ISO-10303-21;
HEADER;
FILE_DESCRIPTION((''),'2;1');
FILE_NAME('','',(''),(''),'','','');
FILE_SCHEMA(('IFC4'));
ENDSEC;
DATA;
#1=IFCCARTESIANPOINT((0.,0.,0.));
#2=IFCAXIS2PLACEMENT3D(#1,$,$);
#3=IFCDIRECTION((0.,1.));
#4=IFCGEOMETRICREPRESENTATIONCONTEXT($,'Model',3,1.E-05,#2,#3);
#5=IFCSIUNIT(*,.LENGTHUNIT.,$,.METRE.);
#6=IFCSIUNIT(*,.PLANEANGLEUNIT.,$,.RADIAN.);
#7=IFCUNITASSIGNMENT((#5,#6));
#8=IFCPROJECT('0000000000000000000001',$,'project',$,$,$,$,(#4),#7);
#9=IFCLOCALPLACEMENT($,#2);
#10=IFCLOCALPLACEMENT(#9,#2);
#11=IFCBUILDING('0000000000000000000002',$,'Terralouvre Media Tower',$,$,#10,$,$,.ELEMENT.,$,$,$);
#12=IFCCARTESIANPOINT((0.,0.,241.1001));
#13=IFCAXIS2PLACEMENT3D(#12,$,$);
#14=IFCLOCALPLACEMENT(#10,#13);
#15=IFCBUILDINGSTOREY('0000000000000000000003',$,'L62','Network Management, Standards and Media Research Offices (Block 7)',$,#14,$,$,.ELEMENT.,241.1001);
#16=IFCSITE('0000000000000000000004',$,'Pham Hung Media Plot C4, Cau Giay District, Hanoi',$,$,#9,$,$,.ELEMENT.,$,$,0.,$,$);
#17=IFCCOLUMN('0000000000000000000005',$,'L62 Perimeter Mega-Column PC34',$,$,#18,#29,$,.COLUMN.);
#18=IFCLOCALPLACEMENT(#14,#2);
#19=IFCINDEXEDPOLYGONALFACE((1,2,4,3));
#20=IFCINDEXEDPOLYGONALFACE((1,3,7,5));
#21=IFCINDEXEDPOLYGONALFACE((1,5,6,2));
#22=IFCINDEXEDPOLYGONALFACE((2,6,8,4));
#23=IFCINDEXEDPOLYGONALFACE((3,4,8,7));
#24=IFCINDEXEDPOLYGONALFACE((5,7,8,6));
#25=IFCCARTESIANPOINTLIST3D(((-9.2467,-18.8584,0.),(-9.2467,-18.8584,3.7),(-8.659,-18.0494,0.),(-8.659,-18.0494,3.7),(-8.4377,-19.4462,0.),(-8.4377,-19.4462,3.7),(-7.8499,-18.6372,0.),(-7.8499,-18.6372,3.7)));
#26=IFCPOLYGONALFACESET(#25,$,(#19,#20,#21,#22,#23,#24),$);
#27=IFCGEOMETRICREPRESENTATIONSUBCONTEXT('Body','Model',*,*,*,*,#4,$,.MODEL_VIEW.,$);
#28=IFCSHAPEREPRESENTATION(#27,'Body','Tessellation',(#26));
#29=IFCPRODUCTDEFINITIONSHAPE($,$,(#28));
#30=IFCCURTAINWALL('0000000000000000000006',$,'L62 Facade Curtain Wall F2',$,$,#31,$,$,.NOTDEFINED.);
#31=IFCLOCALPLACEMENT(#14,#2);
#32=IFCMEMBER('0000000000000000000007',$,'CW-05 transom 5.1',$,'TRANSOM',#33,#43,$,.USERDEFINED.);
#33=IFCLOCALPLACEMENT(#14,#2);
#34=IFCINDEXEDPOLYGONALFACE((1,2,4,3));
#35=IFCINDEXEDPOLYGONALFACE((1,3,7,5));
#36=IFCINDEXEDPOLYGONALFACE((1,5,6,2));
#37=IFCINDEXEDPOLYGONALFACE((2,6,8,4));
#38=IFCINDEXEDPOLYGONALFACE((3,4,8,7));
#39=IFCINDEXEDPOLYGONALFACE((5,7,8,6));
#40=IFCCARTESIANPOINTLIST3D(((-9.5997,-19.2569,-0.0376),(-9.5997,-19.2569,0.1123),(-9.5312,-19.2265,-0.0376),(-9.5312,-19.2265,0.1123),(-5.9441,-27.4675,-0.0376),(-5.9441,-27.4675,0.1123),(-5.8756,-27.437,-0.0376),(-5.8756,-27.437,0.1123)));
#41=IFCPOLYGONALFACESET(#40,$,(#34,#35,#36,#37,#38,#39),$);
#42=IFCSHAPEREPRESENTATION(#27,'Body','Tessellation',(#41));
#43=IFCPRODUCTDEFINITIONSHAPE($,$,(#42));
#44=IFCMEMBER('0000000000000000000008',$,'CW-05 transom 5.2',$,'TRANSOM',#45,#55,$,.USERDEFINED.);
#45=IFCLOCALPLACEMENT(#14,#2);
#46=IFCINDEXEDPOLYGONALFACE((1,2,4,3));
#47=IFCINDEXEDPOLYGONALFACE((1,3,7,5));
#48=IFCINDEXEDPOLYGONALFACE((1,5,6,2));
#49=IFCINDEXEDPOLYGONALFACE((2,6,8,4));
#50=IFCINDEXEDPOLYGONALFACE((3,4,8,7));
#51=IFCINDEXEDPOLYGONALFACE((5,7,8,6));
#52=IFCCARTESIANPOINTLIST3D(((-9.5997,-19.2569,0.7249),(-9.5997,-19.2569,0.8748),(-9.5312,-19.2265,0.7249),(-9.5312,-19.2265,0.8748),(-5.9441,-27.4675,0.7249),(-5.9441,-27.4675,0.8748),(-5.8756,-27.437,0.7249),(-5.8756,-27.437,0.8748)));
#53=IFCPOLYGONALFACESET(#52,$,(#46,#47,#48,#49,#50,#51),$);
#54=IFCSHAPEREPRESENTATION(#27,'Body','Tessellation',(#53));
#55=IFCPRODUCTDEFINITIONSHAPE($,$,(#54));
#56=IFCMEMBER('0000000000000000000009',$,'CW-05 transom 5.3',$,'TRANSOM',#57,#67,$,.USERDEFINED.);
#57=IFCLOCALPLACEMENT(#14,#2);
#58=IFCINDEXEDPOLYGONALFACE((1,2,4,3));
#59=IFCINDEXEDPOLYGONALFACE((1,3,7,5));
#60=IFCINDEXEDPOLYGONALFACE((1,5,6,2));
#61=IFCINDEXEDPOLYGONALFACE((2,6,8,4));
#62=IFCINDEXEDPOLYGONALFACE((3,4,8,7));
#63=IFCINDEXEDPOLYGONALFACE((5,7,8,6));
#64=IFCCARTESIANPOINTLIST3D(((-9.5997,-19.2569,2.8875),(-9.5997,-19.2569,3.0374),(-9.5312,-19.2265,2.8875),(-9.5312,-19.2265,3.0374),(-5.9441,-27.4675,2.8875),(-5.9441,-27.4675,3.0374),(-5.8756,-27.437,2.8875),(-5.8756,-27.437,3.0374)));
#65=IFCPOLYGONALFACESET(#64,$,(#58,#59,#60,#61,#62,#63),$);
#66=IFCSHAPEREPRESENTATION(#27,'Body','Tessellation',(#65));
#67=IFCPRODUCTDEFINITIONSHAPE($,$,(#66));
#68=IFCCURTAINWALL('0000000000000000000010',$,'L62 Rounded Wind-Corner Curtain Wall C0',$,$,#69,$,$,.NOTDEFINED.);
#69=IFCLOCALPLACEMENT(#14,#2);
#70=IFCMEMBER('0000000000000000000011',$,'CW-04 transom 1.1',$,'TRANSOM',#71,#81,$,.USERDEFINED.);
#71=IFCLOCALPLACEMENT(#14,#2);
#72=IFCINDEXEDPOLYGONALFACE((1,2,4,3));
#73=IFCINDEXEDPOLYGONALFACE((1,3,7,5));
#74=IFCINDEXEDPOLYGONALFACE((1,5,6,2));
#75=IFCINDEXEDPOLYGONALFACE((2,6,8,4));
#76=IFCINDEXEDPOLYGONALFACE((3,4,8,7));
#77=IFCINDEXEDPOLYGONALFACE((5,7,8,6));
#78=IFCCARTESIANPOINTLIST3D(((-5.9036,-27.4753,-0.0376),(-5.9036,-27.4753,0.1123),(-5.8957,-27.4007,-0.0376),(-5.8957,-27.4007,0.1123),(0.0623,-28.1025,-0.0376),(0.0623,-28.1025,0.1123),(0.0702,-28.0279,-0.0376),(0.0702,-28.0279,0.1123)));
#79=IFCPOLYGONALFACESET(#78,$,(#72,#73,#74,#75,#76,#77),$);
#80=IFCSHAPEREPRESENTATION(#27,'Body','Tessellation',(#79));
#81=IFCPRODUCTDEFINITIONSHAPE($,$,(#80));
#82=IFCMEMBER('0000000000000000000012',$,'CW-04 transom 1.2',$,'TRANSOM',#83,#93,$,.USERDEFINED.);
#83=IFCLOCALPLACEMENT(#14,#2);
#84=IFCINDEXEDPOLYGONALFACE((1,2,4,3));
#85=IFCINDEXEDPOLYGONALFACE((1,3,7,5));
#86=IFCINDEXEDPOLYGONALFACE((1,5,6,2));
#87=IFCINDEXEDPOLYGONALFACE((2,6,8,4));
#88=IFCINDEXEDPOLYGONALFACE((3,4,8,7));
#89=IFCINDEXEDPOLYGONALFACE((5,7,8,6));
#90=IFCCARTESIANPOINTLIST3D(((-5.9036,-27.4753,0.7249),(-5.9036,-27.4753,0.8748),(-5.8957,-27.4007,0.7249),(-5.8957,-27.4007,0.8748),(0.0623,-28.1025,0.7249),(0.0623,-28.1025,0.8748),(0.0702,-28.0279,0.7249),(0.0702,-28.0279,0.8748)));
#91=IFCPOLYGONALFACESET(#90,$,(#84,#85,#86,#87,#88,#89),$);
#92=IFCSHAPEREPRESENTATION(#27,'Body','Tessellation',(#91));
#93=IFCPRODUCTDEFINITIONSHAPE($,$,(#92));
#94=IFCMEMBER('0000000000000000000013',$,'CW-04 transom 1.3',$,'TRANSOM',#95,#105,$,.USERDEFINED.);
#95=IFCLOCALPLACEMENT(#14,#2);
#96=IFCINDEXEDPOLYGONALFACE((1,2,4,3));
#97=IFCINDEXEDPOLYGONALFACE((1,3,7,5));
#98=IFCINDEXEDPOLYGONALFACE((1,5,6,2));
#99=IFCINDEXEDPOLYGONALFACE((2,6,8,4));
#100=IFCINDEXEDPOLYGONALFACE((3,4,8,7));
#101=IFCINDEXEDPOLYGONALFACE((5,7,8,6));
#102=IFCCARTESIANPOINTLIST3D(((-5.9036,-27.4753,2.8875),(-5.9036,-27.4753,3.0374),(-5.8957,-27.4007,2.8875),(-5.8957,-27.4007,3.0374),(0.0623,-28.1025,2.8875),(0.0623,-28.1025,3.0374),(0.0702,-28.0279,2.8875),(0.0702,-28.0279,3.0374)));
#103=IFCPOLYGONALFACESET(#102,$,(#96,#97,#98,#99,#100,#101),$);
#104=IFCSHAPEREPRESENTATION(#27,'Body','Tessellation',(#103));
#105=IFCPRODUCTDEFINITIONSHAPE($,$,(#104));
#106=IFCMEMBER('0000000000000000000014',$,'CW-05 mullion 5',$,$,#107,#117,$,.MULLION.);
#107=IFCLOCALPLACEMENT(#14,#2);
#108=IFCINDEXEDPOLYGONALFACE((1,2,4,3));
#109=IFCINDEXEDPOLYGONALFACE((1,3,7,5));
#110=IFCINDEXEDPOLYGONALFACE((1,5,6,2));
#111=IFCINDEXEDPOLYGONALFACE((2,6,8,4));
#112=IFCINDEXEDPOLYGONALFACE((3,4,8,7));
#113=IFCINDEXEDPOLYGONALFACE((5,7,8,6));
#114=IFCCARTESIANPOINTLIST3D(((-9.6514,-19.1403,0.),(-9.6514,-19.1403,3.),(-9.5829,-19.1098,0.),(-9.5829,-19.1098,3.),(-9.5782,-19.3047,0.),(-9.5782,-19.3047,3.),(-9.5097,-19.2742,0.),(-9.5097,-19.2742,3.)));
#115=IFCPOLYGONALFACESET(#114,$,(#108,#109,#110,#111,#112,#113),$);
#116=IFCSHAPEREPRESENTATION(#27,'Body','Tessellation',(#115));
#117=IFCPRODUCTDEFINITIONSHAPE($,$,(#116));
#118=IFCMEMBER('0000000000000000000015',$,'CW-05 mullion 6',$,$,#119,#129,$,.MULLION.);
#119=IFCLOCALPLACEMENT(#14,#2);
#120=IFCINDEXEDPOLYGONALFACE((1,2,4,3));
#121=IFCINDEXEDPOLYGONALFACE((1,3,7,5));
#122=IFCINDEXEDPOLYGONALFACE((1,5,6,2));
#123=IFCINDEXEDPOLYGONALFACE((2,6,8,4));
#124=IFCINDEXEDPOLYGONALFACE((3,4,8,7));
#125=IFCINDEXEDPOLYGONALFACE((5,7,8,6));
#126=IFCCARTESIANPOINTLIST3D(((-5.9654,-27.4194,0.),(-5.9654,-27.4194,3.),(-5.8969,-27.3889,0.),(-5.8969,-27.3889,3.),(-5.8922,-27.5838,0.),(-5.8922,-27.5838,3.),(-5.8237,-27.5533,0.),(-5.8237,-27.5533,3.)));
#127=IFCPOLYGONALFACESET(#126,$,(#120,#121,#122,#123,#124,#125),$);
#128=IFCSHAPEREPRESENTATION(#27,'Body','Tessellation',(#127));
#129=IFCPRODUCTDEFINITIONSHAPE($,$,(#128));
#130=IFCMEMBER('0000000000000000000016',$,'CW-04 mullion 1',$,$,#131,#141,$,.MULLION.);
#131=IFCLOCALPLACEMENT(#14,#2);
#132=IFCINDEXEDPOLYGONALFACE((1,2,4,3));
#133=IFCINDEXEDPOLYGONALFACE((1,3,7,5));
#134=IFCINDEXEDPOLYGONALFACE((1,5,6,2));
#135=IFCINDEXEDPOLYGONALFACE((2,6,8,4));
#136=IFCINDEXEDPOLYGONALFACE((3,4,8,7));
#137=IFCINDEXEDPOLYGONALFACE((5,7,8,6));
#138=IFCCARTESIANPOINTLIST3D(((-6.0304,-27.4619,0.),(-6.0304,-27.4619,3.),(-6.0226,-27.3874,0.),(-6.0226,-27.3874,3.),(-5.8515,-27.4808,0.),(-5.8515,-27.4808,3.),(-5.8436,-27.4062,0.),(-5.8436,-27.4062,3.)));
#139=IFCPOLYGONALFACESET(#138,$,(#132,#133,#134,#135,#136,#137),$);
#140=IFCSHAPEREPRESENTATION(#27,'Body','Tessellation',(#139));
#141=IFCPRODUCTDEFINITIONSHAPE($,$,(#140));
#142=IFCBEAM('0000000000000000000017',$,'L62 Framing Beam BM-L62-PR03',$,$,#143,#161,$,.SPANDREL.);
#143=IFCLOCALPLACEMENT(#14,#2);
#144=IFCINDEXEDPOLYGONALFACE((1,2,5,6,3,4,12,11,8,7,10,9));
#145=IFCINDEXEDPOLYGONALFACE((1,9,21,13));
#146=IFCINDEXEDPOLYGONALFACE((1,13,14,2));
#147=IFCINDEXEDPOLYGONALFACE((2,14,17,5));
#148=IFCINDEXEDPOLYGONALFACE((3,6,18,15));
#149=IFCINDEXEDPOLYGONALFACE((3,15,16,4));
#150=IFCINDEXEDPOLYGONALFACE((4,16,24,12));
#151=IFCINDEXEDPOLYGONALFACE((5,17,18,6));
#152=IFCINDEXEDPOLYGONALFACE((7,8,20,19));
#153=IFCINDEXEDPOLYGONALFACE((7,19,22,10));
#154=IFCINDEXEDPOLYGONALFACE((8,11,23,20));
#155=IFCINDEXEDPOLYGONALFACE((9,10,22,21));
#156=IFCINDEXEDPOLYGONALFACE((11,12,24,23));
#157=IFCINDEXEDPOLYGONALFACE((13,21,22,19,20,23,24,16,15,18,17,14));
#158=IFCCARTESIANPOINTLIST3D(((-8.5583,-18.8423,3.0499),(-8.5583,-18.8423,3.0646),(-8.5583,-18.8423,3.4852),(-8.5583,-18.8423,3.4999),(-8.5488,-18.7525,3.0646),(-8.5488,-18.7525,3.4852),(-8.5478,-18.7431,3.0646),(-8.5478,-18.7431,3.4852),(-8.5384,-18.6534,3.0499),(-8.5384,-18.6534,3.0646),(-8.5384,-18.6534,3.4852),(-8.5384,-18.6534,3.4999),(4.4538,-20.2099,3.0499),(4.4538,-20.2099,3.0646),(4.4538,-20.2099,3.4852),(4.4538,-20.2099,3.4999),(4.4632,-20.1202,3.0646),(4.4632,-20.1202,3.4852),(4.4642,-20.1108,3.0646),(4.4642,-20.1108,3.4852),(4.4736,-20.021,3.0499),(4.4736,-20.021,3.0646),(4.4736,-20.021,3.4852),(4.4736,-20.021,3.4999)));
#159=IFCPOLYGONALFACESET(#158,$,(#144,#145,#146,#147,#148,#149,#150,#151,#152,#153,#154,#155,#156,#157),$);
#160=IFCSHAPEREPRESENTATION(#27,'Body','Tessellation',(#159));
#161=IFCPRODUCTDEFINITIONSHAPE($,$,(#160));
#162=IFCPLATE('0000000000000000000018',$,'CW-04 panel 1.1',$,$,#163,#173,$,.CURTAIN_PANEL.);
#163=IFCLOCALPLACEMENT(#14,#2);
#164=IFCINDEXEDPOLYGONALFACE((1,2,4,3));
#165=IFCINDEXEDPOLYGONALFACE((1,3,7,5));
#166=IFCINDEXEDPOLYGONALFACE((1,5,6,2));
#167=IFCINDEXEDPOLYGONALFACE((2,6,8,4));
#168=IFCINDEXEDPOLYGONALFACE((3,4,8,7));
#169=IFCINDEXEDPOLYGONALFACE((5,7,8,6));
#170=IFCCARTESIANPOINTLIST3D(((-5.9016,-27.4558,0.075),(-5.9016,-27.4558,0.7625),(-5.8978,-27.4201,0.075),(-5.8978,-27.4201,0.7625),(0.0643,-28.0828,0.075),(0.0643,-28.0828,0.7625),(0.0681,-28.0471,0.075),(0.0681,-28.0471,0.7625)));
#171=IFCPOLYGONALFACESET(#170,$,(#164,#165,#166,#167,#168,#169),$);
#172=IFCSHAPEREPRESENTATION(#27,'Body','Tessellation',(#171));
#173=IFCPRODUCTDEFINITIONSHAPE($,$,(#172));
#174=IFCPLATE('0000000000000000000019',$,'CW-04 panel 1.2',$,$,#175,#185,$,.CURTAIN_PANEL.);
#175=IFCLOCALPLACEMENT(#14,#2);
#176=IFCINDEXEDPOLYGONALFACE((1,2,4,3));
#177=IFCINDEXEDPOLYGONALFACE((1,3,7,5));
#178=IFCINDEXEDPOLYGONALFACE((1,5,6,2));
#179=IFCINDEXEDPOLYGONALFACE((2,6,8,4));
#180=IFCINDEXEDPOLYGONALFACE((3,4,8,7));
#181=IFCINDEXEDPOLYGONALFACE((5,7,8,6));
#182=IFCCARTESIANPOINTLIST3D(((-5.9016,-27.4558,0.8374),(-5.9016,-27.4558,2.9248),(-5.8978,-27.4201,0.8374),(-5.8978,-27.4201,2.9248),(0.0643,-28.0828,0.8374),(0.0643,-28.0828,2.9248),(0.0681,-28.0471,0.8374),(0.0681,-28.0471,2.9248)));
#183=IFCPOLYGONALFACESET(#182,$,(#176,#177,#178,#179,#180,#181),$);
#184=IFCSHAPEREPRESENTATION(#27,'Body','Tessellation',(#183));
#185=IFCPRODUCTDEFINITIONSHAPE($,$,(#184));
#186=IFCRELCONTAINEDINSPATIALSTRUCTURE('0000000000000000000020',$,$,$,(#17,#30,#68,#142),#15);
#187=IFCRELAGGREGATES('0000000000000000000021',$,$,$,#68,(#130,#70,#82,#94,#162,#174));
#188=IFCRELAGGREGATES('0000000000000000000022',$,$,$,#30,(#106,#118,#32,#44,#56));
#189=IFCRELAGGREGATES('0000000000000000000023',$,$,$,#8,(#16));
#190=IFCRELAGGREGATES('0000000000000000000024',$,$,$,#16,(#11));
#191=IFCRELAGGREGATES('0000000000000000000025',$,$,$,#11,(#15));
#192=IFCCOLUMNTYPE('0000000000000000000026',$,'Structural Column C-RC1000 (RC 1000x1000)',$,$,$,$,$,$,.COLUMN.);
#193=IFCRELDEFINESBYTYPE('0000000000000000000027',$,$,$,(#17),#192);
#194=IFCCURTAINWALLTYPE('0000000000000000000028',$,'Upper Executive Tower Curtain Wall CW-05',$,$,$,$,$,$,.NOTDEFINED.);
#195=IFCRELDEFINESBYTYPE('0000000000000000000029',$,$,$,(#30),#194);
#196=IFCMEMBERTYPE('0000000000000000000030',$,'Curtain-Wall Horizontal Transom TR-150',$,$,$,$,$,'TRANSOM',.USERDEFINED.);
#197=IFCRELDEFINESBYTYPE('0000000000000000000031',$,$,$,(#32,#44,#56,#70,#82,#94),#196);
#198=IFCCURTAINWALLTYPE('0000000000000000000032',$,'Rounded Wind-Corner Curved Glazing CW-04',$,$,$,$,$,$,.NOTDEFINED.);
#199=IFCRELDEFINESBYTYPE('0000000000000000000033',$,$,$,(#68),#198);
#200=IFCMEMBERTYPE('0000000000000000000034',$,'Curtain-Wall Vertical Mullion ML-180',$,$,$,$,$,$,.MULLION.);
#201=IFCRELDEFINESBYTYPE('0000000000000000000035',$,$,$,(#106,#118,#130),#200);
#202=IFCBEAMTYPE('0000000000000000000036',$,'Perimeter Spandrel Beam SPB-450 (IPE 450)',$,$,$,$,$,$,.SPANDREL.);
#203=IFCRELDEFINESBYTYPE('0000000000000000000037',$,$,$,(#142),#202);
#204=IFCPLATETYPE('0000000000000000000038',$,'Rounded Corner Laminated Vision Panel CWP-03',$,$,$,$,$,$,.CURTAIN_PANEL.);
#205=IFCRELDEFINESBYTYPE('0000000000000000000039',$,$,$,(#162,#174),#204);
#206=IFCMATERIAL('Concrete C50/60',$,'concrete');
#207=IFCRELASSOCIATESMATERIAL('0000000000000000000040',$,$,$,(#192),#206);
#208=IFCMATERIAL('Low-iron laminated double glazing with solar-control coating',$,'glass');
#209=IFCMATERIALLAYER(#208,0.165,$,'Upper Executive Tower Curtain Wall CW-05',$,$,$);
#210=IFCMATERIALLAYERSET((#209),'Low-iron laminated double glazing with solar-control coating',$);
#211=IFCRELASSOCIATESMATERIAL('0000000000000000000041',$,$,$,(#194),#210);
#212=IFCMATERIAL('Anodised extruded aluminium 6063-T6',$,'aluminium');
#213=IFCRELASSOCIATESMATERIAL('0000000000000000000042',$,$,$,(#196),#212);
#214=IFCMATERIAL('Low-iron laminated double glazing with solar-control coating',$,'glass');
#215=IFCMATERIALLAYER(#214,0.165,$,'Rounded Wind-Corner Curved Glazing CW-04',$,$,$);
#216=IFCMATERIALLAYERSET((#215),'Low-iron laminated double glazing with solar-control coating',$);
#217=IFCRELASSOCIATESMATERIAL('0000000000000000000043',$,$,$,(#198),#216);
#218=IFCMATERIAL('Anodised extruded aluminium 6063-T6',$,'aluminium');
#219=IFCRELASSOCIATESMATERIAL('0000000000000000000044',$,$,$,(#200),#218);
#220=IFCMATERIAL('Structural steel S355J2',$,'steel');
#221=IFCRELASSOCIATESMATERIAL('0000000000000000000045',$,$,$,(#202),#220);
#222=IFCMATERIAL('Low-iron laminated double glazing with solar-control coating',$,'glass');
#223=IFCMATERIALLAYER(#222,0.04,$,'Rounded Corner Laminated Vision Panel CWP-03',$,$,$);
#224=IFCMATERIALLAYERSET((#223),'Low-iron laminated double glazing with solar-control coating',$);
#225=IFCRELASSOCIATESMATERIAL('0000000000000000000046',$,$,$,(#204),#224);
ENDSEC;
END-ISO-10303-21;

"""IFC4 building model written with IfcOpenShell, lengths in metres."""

from ifc_helpers import new_model, si_unit, direction, frame, origin, origin_2d, place, context, subcontext, project, spatial, rectangle, i_section, extrude, material, layer, layer_set, material_profile, profile_set, type_object, element, aggregate, save


model = new_model("IFC4")

# Units and contexts
model_context = context("Model", 3, precision=1e-05, world=origin(), true_north=direction((0.0, 1.0)))
body_context = subcontext(model_context, "Body", "Model", "MODEL_VIEW")
ifc_project = project(units=[si_unit("LENGTHUNIT", "METRE"), si_unit("PLANEANGLEUNIT", "RADIAN")], contexts=[model_context])

# Site, building, storey
site_placement = place(None, origin())
site = spatial("IfcSite", under=ifc_project, at=site_placement, Name="Pham Hung Media Plot C4, Cau Giay District, Hanoi", CompositionType="ELEMENT", RefElevation=0.0)
building_placement = place(site_placement, origin())
building = spatial("IfcBuilding", under=site, at=building_placement, Name="Terralouvre Media Tower", CompositionType="ELEMENT")
storey_placement = place(building_placement, frame((0.0, 0.0, 241.1001)))
storey = spatial("IfcBuildingStorey", under=building, at=storey_placement, Name="L62", Description="Network Management, Standards and Media Research Offices (Block 7)", CompositionType="ELEMENT", Elevation=241.1001)

# Column
ifc_material_1 = material(Name="Concrete C50/60", Category="concrete")
ifc_material_profile_1 = material_profile(ifc_material_1, rectangle(XDim=1.0, YDim=1.0, at=origin_2d()), Name="RC 1000x1000")
ifc_profile_set_1 = profile_set([ifc_material_profile_1], Name="Concrete C50/60")
column_type = type_object("IfcColumnType", Name="Structural Column C-RC1000 (RC 1000x1000)", PredefinedType="COLUMN", material=ifc_profile_set_1)
column_placement = place(storey_placement, frame((-8.5483, -18.7478, 0.0), z_axis=(0.0, 0.0, 1.0), x_axis=(0.587785, 0.809017, 0.0)))
element("IfcColumn", 1, at=column_placement, inside=storey, type_object=column_type, Name="L62 Perimeter Mega-Column PC34", PredefinedType="COLUMN", context=body_context, shape_type="SweptSolid", body=[
    extrude(rectangle(XDim=1.0, YDim=1.0, at=origin_2d()), origin(), (0.0, 0.0, 1.0), 3.7),
])

# Curtain walls, members
ifc_material_2 = material(Name="Low-iron laminated double glazing with solar-control coating", Category="glass")
ifc_layer_1 = layer(ifc_material_2, 0.165, Name="Upper Executive Tower Curtain Wall CW-05")
ifc_layer_set_1 = layer_set([ifc_layer_1], Name="Low-iron laminated double glazing with solar-control coating")
curtain_wall_type_1 = type_object("IfcCurtainWallType", Name="Upper Executive Tower Curtain Wall CW-05", PredefinedType="NOTDEFINED", material=ifc_layer_set_1)
curtain_wall_1_placement = place(storey_placement, origin())
curtain_wall_1 = element("IfcCurtainWall", 2, at=curtain_wall_1_placement, inside=storey, type_object=curtain_wall_type_1, Name="L62 Facade Curtain Wall F2", PredefinedType="NOTDEFINED")
ifc_material_3 = material(Name="Anodised extruded aluminium 6063-T6", Category="aluminium")
ifc_material_profile_2 = material_profile(ifc_material_3, rectangle(XDim=0.075, YDim=0.1499, at=origin_2d()), Name="ALU 75x150")
ifc_profile_set_2 = profile_set([ifc_material_profile_2], Name="Anodised extruded aluminium 6063-T6")
member_type_1 = type_object("IfcMemberType", Name="Curtain-Wall Horizontal Transom TR-150", ElementType="TRANSOM", PredefinedType="USERDEFINED", material=ifc_profile_set_2)
member_1_placement = place(storey_placement, frame((-9.5654, -19.2417, 0.0374), z_axis=(0.406736, -0.913546, 0.0), x_axis=(0.913546, 0.406736, 0.0)))
member_1 = element("IfcMember", 3, at=member_1_placement, type_object=member_type_1, Name="CW-05 transom 5.1", ObjectType="TRANSOM", PredefinedType="USERDEFINED", context=body_context, shape_type="SweptSolid", body=[
    extrude(rectangle(XDim=0.075, YDim=0.1499, at=origin_2d()), origin(), (0.0, 0.0, 1.0), 8.9875),
])
member_2_placement = place(storey_placement, frame((-9.5654, -19.2417, 0.7998), z_axis=(0.406736, -0.913546, 0.0), x_axis=(0.913546, 0.406736, 0.0)))
member_2 = element("IfcMember", 4, at=member_2_placement, type_object=member_type_1, Name="CW-05 transom 5.2", ObjectType="TRANSOM", PredefinedType="USERDEFINED", context=body_context, shape_type="SweptSolid", body=[
    extrude(rectangle(XDim=0.075, YDim=0.1499, at=origin_2d()), origin(), (0.0, 0.0, 1.0), 8.9875),
])
member_3_placement = place(storey_placement, frame((-9.5654, -19.2417, 2.9624), z_axis=(0.406736, -0.913546, 0.0), x_axis=(0.913546, 0.406736, 0.0)))
member_3 = element("IfcMember", 5, at=member_3_placement, type_object=member_type_1, Name="CW-05 transom 5.3", ObjectType="TRANSOM", PredefinedType="USERDEFINED", context=body_context, shape_type="SweptSolid", body=[
    extrude(rectangle(XDim=0.075, YDim=0.1499, at=origin_2d()), origin(), (0.0, 0.0, 1.0), 8.9875),
])
ifc_material_4 = material(Name="Low-iron laminated double glazing with solar-control coating", Category="glass")
ifc_layer_2 = layer(ifc_material_4, 0.165, Name="Rounded Wind-Corner Curved Glazing CW-04")
ifc_layer_set_2 = layer_set([ifc_layer_2], Name="Low-iron laminated double glazing with solar-control coating")
curtain_wall_type_2 = type_object("IfcCurtainWallType", Name="Rounded Wind-Corner Curved Glazing CW-04", PredefinedType="NOTDEFINED", material=ifc_layer_set_2)
curtain_wall_2_placement = place(storey_placement, origin())
curtain_wall_2 = element("IfcCurtainWall", 6, at=curtain_wall_2_placement, inside=storey, type_object=curtain_wall_type_2, Name="L62 Rounded Wind-Corner Curtain Wall C0", PredefinedType="NOTDEFINED")
member_4_placement = place(storey_placement, frame((-5.8997, -27.438, 0.0374), z_axis=(0.994519, -0.104556, 0.0), x_axis=(0.104556, 0.994519, 0.0)))
member_4 = element("IfcMember", 7, at=member_4_placement, type_object=member_type_1, Name="CW-04 transom 1.1", ObjectType="TRANSOM", PredefinedType="USERDEFINED", context=body_context, shape_type="SweptSolid", body=[
    extrude(rectangle(XDim=0.075, YDim=0.1499, at=origin_2d()), origin(), (0.0, 0.0, 1.0), 5.9988),
])
member_5_placement = place(storey_placement, frame((-5.8997, -27.438, 0.7998), z_axis=(0.994519, -0.104556, 0.0), x_axis=(0.104556, 0.994519, 0.0)))
member_5 = element("IfcMember", 8, at=member_5_placement, type_object=member_type_1, Name="CW-04 transom 1.2", ObjectType="TRANSOM", PredefinedType="USERDEFINED", context=body_context, shape_type="SweptSolid", body=[
    extrude(rectangle(XDim=0.075, YDim=0.1499, at=origin_2d()), origin(), (0.0, 0.0, 1.0), 5.9988),
])
member_6_placement = place(storey_placement, frame((-5.8997, -27.438, 2.9624), z_axis=(0.994519, -0.104556, 0.0), x_axis=(0.104556, 0.994519, 0.0)))
member_6 = element("IfcMember", 9, at=member_6_placement, type_object=member_type_1, Name="CW-04 transom 1.3", ObjectType="TRANSOM", PredefinedType="USERDEFINED", context=body_context, shape_type="SweptSolid", body=[
    extrude(rectangle(XDim=0.075, YDim=0.1499, at=origin_2d()), origin(), (0.0, 0.0, 1.0), 5.9988),
])

# Members
ifc_material_5 = material(Name="Anodised extruded aluminium 6063-T6", Category="aluminium")
ifc_material_profile_3 = material_profile(ifc_material_5, rectangle(XDim=0.075, YDim=0.1799, at=origin_2d()), Name="ALU 75x180")
ifc_profile_set_3 = profile_set([ifc_material_profile_3], Name="Anodised extruded aluminium 6063-T6")
member_type_2 = type_object("IfcMemberType", Name="Curtain-Wall Vertical Mullion ML-180", PredefinedType="MULLION", material=ifc_profile_set_3)
member_7_placement = place(storey_placement, frame((-9.5806, -19.2073, 0.0), z_axis=(0.0, 0.0, 1.0), x_axis=(0.913545, 0.406737, 0.0)))
member_7 = element("IfcMember", 10, at=member_7_placement, type_object=member_type_2, Name="CW-05 mullion 5", PredefinedType="MULLION", context=body_context, shape_type="SweptSolid", body=[
    extrude(rectangle(XDim=0.075, YDim=0.1799, at=origin_2d()), origin(), (0.0, 0.0, 1.0), 3.0),
])
member_8_placement = place(storey_placement, frame((-5.8945, -27.4863, 0.0), z_axis=(0.0, 0.0, 1.0), x_axis=(0.913545, 0.406737, 0.0)))
member_8 = element("IfcMember", 11, at=member_8_placement, type_object=member_type_2, Name="CW-05 mullion 6", PredefinedType="MULLION", context=body_context, shape_type="SweptSolid", body=[
    extrude(rectangle(XDim=0.075, YDim=0.1799, at=origin_2d()), origin(), (0.0, 0.0, 1.0), 3.0),
])
member_9_placement = place(storey_placement, frame((-5.937, -27.4341, 0.0), z_axis=(0.0, 0.0, 1.0), x_axis=(0.104528, 0.994522, 0.0)))
member_9 = element("IfcMember", 12, at=member_9_placement, type_object=member_type_2, Name="CW-04 mullion 1", PredefinedType="MULLION", context=body_context, shape_type="SweptSolid", body=[
    extrude(rectangle(XDim=0.075, YDim=0.1799, at=origin_2d()), origin(), (0.0, 0.0, 1.0), 3.0),
])

# Beam
ifc_material_6 = material(Name="Structural steel S355J2", Category="steel")
ifc_material_profile_4 = material_profile(ifc_material_6, i_section(OverallWidth=0.1899, OverallDepth=0.45, WebThickness=0.0095, FlangeThickness=0.0146, at=origin_2d()), Name="IPE 450")
ifc_profile_set_4 = profile_set([ifc_material_profile_4], Name="Structural steel S355J2")
beam_type = type_object("IfcBeamType", Name="Perimeter Spandrel Beam SPB-450 (IPE 450)", PredefinedType="SPANDREL", material=ifc_profile_set_4)
beam_placement = place(storey_placement, frame((-8.5483, -18.7478, 3.2749), z_axis=(0.994521, -0.104533, 0.0), x_axis=(0.104533, 0.994521, 0.0)))
element("IfcBeam", 13, at=beam_placement, inside=storey, type_object=beam_type, Name="L62 Framing Beam BM-L62-PR03", PredefinedType="SPANDREL", context=body_context, shape_type="SweptSolid", body=[
    extrude(i_section(OverallWidth=0.1899, OverallDepth=0.45, WebThickness=0.0095, FlangeThickness=0.0146, at=origin_2d()), origin(), (0.0, 0.0, 1.0), 13.0837),
])

# Plates
ifc_material_7 = material(Name="Low-iron laminated double glazing with solar-control coating", Category="glass")
ifc_layer_3 = layer(ifc_material_7, 0.04, Name="Rounded Corner Laminated Vision Panel CWP-03")
ifc_layer_set_3 = layer_set([ifc_layer_3], Name="Low-iron laminated double glazing with solar-control coating")
plate_type_1 = type_object("IfcPlateType", Name="Rounded Corner Laminated Vision Panel CWP-03", PredefinedType="CURTAIN_PANEL", material=ifc_layer_set_3)
plate_1_placement = place(storey_placement, frame((-2.9167, -27.7515, 0.075), z_axis=(0.0, 0.0, 1.0), x_axis=(0.994522, -0.104528, 0.0)))
plate_1 = element("IfcPlate", 14, at=plate_1_placement, type_object=plate_type_1, Name="CW-04 panel 1.1", PredefinedType="CURTAIN_PANEL", context=body_context, shape_type="SweptSolid", body=[
    extrude(rectangle(XDim=5.9988, YDim=0.0359, at=origin_2d()), origin(), (0.0, 0.0, 1.0), 0.6875),
])
plate_2_placement = place(storey_placement, frame((-2.9167, -27.7515, 0.8374), z_axis=(0.0, 0.0, 1.0), x_axis=(0.994522, -0.104528, 0.0)))
plate_2 = element("IfcPlate", 15, at=plate_2_placement, type_object=plate_type_1, Name="CW-04 panel 1.2", PredefinedType="CURTAIN_PANEL", context=body_context, shape_type="SweptSolid", body=[
    extrude(rectangle(XDim=5.9988, YDim=0.0359, at=origin_2d()), origin(), (0.0, 0.0, 1.0), 2.0874),
])
aggregate(curtain_wall_2, [member_9, member_4, member_5, member_6, plate_1, plate_2])
aggregate(curtain_wall_1, [member_7, member_8, member_1, member_2, member_3])

save(model, "model.ifc")
